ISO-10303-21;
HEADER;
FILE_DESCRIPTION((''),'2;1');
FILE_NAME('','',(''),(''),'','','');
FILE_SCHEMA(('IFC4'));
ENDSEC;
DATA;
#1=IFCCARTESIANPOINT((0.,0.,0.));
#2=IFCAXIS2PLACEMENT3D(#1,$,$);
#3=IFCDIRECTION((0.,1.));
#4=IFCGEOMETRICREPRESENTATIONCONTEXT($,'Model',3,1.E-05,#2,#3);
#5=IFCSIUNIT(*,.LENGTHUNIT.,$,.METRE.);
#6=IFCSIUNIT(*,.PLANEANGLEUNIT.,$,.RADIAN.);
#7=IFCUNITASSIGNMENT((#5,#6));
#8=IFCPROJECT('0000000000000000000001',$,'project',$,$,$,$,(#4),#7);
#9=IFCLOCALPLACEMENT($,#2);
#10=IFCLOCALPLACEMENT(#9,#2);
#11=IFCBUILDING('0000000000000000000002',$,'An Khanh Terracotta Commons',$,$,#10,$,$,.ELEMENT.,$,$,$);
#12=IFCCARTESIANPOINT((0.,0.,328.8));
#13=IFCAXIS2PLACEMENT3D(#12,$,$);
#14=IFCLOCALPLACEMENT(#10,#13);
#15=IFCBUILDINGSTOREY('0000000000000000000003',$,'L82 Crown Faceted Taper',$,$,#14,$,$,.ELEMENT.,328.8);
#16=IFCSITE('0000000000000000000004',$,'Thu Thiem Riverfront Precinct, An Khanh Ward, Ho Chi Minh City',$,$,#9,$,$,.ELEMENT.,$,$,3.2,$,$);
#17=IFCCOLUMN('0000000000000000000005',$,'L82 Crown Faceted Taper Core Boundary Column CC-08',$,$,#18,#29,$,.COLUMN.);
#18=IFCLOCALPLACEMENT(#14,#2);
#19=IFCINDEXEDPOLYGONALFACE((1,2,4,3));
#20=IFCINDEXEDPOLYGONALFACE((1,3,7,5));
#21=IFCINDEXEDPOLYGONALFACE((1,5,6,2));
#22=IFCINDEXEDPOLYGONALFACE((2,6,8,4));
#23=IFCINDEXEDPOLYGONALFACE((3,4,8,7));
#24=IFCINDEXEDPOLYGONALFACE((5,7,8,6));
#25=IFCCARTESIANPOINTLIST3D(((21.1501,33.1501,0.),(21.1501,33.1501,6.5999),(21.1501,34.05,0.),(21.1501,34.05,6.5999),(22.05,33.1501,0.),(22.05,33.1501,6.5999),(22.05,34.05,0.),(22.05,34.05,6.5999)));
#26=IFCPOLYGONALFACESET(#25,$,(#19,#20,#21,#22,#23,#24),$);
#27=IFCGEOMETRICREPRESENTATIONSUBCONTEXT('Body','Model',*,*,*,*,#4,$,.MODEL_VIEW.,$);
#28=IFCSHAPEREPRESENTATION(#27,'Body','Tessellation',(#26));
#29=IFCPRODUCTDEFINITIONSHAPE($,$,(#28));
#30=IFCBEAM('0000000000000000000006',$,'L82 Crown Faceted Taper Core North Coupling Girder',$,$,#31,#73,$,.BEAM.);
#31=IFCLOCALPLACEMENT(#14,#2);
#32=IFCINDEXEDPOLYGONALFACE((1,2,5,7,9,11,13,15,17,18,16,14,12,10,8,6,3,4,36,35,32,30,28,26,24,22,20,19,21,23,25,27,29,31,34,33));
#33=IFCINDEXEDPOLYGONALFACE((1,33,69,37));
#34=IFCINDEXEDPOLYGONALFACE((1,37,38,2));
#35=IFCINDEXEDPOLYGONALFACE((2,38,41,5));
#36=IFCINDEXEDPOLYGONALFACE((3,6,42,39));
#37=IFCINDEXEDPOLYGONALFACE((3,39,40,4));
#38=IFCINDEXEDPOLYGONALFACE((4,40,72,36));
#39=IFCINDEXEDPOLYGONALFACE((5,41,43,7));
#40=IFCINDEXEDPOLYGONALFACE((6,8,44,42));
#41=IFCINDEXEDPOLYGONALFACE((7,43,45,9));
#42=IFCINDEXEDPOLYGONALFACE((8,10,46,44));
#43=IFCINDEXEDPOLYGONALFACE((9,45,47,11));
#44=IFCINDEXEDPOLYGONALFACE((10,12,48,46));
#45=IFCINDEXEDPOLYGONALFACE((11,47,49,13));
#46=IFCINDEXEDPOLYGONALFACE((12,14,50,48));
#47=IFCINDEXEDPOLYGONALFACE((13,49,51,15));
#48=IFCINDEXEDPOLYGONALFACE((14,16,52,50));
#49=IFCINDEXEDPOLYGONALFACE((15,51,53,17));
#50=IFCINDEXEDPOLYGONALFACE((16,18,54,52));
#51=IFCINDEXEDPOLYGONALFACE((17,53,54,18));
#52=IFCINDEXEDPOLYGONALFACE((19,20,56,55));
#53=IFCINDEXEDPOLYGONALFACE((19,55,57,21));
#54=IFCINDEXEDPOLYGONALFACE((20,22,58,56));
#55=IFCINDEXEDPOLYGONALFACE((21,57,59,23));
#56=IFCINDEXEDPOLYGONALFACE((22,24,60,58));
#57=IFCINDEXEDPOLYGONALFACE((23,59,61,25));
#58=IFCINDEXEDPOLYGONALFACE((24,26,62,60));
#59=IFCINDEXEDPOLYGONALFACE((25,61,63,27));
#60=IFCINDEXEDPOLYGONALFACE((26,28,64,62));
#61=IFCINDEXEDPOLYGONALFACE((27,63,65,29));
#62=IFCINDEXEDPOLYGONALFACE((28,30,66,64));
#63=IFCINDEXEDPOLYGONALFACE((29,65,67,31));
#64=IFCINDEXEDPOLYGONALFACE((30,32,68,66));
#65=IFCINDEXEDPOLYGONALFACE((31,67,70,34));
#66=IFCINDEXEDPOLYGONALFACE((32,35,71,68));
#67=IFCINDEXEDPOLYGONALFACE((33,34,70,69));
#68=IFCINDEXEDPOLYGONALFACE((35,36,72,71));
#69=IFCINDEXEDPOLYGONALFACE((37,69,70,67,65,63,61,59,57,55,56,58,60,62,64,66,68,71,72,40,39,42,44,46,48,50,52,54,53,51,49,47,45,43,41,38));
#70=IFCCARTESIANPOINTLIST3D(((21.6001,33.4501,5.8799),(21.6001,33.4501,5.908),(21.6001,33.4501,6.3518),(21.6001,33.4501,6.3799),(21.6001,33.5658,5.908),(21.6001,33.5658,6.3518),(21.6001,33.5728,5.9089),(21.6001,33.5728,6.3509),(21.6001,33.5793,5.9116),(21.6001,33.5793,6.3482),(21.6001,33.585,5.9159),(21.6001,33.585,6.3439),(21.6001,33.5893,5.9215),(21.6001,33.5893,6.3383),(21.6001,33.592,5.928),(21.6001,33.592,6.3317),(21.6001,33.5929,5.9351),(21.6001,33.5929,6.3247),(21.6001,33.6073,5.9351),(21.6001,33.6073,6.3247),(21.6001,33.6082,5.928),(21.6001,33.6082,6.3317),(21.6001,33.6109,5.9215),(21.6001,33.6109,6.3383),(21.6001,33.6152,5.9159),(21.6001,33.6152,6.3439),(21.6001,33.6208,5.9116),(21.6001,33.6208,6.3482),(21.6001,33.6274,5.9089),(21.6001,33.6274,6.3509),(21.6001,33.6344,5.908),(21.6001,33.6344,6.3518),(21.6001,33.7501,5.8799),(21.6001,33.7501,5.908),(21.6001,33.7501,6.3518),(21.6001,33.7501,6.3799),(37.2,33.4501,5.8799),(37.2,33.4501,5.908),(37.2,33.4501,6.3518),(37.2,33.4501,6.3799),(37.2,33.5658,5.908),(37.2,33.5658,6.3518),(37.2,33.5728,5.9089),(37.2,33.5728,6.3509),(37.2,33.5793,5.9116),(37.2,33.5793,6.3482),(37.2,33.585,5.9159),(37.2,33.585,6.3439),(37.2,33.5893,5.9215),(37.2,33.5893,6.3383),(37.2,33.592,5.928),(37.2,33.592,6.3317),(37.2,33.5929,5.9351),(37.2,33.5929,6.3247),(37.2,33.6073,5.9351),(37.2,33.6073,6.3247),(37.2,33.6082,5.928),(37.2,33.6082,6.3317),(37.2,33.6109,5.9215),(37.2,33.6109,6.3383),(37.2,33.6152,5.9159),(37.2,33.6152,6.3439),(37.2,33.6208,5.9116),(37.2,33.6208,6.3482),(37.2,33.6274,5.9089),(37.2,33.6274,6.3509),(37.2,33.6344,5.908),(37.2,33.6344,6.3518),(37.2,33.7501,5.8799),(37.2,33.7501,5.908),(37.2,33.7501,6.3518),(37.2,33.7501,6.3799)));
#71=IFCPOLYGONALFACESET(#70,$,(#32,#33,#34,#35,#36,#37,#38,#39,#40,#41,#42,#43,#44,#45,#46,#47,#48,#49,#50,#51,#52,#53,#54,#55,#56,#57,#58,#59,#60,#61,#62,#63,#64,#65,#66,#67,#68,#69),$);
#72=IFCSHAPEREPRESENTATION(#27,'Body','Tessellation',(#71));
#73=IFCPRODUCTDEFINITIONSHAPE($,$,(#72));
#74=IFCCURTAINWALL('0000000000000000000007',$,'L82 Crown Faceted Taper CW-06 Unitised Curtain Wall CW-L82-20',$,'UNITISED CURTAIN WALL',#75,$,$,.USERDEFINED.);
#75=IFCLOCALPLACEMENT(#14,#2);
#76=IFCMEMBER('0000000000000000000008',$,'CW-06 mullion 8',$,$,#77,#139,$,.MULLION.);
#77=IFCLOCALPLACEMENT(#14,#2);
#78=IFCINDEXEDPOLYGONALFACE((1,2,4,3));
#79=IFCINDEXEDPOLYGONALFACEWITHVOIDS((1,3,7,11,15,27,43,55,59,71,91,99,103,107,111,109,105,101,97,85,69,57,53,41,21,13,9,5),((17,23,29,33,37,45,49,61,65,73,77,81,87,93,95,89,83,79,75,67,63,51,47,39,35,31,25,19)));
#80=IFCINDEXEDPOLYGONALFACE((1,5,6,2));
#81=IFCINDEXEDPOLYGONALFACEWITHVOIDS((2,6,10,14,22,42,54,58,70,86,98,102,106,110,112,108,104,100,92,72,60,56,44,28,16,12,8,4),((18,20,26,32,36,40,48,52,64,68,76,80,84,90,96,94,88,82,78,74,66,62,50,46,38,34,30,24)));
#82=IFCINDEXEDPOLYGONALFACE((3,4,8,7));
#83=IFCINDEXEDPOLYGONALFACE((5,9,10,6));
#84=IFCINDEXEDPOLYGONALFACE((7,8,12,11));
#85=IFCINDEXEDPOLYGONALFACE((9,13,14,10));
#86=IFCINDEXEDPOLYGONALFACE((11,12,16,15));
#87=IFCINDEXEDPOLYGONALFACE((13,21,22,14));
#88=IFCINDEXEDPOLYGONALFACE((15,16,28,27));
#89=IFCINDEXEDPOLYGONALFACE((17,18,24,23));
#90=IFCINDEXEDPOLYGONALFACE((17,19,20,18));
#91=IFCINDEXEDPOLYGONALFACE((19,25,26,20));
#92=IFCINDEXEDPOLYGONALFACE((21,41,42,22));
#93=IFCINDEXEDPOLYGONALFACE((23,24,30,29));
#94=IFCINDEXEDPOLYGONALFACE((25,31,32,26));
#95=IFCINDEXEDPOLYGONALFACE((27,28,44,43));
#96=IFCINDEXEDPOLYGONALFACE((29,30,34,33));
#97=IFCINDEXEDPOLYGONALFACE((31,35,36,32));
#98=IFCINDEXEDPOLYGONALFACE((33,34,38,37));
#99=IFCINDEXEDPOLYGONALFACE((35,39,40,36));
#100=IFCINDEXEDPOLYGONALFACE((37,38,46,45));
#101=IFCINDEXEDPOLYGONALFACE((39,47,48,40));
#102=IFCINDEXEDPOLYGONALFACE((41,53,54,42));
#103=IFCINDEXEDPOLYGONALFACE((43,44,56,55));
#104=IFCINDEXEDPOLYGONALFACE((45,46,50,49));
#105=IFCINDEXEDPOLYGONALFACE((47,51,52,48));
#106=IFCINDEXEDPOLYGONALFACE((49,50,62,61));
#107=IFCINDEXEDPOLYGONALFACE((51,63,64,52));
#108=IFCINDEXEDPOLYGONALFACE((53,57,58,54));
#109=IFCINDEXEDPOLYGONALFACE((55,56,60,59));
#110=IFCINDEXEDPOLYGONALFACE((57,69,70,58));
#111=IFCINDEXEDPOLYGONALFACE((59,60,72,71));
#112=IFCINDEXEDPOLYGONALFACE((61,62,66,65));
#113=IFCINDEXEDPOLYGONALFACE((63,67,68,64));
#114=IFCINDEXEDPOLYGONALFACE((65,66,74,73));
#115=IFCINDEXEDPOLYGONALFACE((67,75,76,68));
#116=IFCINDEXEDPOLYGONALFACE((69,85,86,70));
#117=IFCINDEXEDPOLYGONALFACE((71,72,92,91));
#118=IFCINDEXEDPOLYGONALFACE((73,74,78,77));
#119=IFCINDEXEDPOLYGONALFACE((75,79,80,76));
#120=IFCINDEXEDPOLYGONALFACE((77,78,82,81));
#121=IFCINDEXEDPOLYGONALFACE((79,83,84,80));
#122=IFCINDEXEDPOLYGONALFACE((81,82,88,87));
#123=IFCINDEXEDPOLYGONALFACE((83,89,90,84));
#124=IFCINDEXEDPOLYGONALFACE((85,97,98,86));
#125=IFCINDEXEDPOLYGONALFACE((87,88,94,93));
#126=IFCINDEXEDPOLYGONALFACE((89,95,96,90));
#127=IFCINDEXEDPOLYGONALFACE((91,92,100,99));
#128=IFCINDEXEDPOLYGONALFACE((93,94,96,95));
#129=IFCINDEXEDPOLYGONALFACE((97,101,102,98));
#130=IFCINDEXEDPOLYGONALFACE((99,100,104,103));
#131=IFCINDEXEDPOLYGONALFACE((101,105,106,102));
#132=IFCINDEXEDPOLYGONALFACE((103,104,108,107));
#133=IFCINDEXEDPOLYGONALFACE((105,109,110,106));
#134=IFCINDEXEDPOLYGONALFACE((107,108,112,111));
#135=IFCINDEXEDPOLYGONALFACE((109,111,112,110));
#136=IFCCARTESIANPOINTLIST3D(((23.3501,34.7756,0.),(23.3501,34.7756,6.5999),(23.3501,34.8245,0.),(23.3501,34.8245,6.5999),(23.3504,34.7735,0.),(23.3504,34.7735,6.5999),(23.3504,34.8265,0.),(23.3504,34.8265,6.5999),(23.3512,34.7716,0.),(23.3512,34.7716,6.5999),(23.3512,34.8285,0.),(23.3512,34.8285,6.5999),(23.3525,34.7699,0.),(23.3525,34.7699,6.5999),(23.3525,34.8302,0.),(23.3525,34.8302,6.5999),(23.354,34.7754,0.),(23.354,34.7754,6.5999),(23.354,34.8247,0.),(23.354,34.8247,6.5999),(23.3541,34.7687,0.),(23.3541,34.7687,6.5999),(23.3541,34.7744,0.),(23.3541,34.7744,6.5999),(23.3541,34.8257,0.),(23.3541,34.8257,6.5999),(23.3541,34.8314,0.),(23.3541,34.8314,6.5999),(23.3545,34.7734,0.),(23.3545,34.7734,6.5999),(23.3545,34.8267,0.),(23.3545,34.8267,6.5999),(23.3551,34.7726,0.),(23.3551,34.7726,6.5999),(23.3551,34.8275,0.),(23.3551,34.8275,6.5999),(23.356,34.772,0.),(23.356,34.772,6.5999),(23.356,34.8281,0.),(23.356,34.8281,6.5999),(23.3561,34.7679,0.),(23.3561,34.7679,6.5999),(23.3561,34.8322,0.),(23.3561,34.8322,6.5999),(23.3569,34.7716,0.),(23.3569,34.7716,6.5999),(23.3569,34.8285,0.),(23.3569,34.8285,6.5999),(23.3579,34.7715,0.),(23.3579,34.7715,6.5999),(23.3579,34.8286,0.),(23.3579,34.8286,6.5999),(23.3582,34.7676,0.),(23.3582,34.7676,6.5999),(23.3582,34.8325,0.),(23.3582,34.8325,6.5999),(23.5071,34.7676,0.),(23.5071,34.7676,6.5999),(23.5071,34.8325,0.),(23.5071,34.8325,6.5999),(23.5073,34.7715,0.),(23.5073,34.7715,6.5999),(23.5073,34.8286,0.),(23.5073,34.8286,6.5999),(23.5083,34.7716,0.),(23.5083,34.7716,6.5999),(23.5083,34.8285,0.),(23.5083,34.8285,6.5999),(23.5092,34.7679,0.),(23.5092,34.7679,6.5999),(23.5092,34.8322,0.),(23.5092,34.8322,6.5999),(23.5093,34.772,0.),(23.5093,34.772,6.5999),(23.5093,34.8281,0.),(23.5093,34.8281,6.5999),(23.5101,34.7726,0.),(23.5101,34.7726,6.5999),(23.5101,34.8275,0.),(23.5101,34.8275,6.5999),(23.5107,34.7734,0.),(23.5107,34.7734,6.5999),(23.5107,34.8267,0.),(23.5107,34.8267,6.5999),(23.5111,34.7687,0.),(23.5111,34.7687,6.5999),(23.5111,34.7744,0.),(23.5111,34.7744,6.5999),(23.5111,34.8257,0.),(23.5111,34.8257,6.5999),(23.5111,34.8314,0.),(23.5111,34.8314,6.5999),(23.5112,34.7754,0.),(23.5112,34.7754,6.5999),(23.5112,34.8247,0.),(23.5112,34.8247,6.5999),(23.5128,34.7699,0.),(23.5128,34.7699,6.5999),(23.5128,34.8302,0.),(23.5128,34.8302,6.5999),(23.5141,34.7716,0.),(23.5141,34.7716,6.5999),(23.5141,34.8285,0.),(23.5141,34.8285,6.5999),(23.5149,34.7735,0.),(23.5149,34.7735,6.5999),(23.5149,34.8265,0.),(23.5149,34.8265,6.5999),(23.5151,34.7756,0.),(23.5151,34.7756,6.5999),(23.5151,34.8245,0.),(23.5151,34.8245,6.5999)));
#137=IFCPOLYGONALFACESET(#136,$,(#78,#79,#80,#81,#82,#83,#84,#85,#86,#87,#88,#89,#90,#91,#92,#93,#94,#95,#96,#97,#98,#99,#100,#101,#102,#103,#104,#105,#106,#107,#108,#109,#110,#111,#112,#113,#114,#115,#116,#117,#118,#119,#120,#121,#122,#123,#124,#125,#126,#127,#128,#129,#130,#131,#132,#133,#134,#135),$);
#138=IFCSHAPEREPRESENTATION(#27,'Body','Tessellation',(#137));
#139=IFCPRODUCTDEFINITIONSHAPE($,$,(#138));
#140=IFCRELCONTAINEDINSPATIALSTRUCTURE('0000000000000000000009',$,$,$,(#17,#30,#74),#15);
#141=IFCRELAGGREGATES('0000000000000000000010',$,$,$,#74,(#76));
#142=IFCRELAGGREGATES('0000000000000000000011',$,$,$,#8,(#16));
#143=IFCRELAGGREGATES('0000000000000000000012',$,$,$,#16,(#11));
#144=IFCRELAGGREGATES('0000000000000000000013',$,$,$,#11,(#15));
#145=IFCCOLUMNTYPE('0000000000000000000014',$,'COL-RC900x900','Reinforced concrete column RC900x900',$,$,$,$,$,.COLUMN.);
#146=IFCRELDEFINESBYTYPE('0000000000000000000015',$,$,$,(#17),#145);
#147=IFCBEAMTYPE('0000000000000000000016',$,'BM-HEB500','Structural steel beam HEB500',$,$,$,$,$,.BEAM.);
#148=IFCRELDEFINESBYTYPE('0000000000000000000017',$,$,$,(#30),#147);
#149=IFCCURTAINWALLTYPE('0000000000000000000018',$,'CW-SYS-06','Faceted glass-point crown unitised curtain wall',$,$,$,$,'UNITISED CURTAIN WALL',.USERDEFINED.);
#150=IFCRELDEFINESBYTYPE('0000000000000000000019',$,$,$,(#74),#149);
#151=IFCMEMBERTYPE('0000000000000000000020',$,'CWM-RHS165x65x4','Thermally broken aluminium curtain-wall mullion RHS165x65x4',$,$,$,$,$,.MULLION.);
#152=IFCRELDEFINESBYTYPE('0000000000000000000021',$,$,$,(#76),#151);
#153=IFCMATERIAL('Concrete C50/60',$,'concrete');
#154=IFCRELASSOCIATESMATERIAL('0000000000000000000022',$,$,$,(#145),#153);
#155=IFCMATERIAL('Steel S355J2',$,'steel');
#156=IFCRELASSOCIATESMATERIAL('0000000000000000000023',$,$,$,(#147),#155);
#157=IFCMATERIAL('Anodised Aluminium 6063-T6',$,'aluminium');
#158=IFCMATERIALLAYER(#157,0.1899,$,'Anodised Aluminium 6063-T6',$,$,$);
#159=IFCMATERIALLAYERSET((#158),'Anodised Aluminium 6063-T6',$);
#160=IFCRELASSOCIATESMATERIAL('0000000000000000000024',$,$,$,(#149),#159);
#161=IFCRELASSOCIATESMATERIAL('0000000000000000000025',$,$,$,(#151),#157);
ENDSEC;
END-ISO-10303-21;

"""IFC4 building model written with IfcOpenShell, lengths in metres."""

from ifc_helpers import new_model, si_unit, direction, frame, origin, origin_2d, place, context, subcontext, project, spatial, rectangle, hollow_rectangle, i_section, extrude, material, layer, layer_set, material_profile, profile_set, type_object, element, aggregate, save


model = new_model("IFC4")

# Units and contexts
model_context = context("Model", 3, precision=1e-05, world=origin(), true_north=direction((0.0, 1.0)))
body_context = subcontext(model_context, "Body", "Model", "MODEL_VIEW")
ifc_project = project(units=[si_unit("LENGTHUNIT", "METRE"), si_unit("PLANEANGLEUNIT", "RADIAN")], contexts=[model_context])

# Site, building, storey
site_placement = place(None, origin())
site = spatial("IfcSite", under=ifc_project, at=site_placement, Name="Thu Thiem Riverfront Precinct, An Khanh Ward, Ho Chi Minh City", CompositionType="ELEMENT", RefElevation=3.2)
building_placement = place(site_placement, origin())
building = spatial("IfcBuilding", under=site, at=building_placement, Name="An Khanh Terracotta Commons", CompositionType="ELEMENT")
storey_placement = place(building_placement, frame((0.0, 0.0, 328.8)))
storey = spatial("IfcBuildingStorey", under=building, at=storey_placement, Name="L82 Crown Faceted Taper", CompositionType="ELEMENT", Elevation=328.8)

# Column
ifc_material_1 = material(Name="Concrete C50/60", Category="concrete")
ifc_material_profile_1 = material_profile(ifc_material_1, rectangle(XDim=0.8999, YDim=0.8999, at=origin_2d()), Name="RC900x900")
ifc_profile_set_1 = profile_set([ifc_material_profile_1], Name="Concrete C50/60")
column_type = type_object("IfcColumnType", Name="COL-RC900x900", Description="Reinforced concrete column RC900x900", PredefinedType="COLUMN", material=ifc_profile_set_1)
column_placement = place(storey_placement, frame((21.6001, 33.6001, 0.0), z_axis=(0.0, 0.0, 1.0), x_axis=(1.0, 0.0, 0.0)))
element("IfcColumn", 1, at=column_placement, inside=storey, type_object=column_type, Name="L82 Crown Faceted Taper Core Boundary Column CC-08", PredefinedType="COLUMN", context=body_context, shape_type="SweptSolid", body=[
    extrude(rectangle(XDim=0.8999, YDim=0.8999, at=origin_2d()), origin(), (0.0, 0.0, 1.0), 6.5999),
])

# Beam
ifc_material_2 = material(Name="Steel S355J2", Category="steel")
ifc_material_profile_2 = material_profile(ifc_material_2, i_section(OverallWidth=0.3, OverallDepth=0.5, WebThickness=0.0144, FlangeThickness=0.0281, FilletRadius=0.0271, at=origin_2d()), Name="HEB500")
ifc_profile_set_2 = profile_set([ifc_material_profile_2], Name="Steel S355J2")
beam_type = type_object("IfcBeamType", Name="BM-HEB500", Description="Structural steel beam HEB500", PredefinedType="BEAM", material=ifc_profile_set_2)
beam_placement = place(storey_placement, frame((21.6001, 33.6001, 6.1299), z_axis=(1.0, 0.0, 0.0), x_axis=(0.0, 1.0, 0.0)))
element("IfcBeam", 2, at=beam_placement, inside=storey, type_object=beam_type, Name="L82 Crown Faceted Taper Core North Coupling Girder", PredefinedType="BEAM", context=body_context, shape_type="SweptSolid", body=[
    extrude(i_section(OverallWidth=0.3, OverallDepth=0.5, WebThickness=0.0144, FlangeThickness=0.0281, FilletRadius=0.0271, at=origin_2d()), origin(), (0.0, 0.0, 1.0), 15.5999),
])

# Curtain wall, member
ifc_material_3 = material(Name="Anodised Aluminium 6063-T6", Category="aluminium")
ifc_layer_1 = layer(ifc_material_3, 0.1899, Name="Anodised Aluminium 6063-T6")
ifc_layer_set_1 = layer_set([ifc_layer_1], Name="Anodised Aluminium 6063-T6")
curtain_wall_type = type_object("IfcCurtainWallType", Name="CW-SYS-06", Description="Faceted glass-point crown unitised curtain wall", ElementType="UNITISED CURTAIN WALL", PredefinedType="USERDEFINED", material=ifc_layer_set_1)
curtain_wall_1_placement = place(storey_placement, origin())
curtain_wall_1 = element("IfcCurtainWall", 3, at=curtain_wall_1_placement, inside=storey, type_object=curtain_wall_type, Name="L82 Crown Faceted Taper CW-06 Unitised Curtain Wall CW-L82-20", ObjectType="UNITISED CURTAIN WALL", PredefinedType="USERDEFINED")
ifc_material_profile_3 = material_profile(ifc_material_3, hollow_rectangle(XDim=0.0649, YDim=0.165, WallThickness=0.0039, InnerFilletRadius=0.0039, OuterFilletRadius=0.0081, at=origin_2d()), Name="RHS165x65x4")
ifc_profile_set_3 = profile_set([ifc_material_profile_3], Name="Anodised Aluminium 6063-T6")
member_type_1 = type_object("IfcMemberType", Name="CWM-RHS165x65x4", Description="Thermally broken aluminium curtain-wall mullion RHS165x65x4", PredefinedType="MULLION", material=ifc_profile_set_3)
member_1_placement = place(storey_placement, frame((23.4326, 34.8, 0.0), z_axis=(0.0, 0.0, 1.0), x_axis=(0.0, -1.0, 0.0)))
member_1 = element("IfcMember", 4, at=member_1_placement, type_object=member_type_1, Name="CW-06 mullion 8", PredefinedType="MULLION", context=body_context, shape_type="SweptSolid", body=[
    extrude(hollow_rectangle(XDim=0.0649, YDim=0.165, WallThickness=0.0039, InnerFilletRadius=0.0039, OuterFilletRadius=0.0081, at=origin_2d()), origin(), (0.0, 0.0, 1.0), 6.5999),
])
aggregate(curtain_wall_1, [member_1])

save(model, "model.ifc")
